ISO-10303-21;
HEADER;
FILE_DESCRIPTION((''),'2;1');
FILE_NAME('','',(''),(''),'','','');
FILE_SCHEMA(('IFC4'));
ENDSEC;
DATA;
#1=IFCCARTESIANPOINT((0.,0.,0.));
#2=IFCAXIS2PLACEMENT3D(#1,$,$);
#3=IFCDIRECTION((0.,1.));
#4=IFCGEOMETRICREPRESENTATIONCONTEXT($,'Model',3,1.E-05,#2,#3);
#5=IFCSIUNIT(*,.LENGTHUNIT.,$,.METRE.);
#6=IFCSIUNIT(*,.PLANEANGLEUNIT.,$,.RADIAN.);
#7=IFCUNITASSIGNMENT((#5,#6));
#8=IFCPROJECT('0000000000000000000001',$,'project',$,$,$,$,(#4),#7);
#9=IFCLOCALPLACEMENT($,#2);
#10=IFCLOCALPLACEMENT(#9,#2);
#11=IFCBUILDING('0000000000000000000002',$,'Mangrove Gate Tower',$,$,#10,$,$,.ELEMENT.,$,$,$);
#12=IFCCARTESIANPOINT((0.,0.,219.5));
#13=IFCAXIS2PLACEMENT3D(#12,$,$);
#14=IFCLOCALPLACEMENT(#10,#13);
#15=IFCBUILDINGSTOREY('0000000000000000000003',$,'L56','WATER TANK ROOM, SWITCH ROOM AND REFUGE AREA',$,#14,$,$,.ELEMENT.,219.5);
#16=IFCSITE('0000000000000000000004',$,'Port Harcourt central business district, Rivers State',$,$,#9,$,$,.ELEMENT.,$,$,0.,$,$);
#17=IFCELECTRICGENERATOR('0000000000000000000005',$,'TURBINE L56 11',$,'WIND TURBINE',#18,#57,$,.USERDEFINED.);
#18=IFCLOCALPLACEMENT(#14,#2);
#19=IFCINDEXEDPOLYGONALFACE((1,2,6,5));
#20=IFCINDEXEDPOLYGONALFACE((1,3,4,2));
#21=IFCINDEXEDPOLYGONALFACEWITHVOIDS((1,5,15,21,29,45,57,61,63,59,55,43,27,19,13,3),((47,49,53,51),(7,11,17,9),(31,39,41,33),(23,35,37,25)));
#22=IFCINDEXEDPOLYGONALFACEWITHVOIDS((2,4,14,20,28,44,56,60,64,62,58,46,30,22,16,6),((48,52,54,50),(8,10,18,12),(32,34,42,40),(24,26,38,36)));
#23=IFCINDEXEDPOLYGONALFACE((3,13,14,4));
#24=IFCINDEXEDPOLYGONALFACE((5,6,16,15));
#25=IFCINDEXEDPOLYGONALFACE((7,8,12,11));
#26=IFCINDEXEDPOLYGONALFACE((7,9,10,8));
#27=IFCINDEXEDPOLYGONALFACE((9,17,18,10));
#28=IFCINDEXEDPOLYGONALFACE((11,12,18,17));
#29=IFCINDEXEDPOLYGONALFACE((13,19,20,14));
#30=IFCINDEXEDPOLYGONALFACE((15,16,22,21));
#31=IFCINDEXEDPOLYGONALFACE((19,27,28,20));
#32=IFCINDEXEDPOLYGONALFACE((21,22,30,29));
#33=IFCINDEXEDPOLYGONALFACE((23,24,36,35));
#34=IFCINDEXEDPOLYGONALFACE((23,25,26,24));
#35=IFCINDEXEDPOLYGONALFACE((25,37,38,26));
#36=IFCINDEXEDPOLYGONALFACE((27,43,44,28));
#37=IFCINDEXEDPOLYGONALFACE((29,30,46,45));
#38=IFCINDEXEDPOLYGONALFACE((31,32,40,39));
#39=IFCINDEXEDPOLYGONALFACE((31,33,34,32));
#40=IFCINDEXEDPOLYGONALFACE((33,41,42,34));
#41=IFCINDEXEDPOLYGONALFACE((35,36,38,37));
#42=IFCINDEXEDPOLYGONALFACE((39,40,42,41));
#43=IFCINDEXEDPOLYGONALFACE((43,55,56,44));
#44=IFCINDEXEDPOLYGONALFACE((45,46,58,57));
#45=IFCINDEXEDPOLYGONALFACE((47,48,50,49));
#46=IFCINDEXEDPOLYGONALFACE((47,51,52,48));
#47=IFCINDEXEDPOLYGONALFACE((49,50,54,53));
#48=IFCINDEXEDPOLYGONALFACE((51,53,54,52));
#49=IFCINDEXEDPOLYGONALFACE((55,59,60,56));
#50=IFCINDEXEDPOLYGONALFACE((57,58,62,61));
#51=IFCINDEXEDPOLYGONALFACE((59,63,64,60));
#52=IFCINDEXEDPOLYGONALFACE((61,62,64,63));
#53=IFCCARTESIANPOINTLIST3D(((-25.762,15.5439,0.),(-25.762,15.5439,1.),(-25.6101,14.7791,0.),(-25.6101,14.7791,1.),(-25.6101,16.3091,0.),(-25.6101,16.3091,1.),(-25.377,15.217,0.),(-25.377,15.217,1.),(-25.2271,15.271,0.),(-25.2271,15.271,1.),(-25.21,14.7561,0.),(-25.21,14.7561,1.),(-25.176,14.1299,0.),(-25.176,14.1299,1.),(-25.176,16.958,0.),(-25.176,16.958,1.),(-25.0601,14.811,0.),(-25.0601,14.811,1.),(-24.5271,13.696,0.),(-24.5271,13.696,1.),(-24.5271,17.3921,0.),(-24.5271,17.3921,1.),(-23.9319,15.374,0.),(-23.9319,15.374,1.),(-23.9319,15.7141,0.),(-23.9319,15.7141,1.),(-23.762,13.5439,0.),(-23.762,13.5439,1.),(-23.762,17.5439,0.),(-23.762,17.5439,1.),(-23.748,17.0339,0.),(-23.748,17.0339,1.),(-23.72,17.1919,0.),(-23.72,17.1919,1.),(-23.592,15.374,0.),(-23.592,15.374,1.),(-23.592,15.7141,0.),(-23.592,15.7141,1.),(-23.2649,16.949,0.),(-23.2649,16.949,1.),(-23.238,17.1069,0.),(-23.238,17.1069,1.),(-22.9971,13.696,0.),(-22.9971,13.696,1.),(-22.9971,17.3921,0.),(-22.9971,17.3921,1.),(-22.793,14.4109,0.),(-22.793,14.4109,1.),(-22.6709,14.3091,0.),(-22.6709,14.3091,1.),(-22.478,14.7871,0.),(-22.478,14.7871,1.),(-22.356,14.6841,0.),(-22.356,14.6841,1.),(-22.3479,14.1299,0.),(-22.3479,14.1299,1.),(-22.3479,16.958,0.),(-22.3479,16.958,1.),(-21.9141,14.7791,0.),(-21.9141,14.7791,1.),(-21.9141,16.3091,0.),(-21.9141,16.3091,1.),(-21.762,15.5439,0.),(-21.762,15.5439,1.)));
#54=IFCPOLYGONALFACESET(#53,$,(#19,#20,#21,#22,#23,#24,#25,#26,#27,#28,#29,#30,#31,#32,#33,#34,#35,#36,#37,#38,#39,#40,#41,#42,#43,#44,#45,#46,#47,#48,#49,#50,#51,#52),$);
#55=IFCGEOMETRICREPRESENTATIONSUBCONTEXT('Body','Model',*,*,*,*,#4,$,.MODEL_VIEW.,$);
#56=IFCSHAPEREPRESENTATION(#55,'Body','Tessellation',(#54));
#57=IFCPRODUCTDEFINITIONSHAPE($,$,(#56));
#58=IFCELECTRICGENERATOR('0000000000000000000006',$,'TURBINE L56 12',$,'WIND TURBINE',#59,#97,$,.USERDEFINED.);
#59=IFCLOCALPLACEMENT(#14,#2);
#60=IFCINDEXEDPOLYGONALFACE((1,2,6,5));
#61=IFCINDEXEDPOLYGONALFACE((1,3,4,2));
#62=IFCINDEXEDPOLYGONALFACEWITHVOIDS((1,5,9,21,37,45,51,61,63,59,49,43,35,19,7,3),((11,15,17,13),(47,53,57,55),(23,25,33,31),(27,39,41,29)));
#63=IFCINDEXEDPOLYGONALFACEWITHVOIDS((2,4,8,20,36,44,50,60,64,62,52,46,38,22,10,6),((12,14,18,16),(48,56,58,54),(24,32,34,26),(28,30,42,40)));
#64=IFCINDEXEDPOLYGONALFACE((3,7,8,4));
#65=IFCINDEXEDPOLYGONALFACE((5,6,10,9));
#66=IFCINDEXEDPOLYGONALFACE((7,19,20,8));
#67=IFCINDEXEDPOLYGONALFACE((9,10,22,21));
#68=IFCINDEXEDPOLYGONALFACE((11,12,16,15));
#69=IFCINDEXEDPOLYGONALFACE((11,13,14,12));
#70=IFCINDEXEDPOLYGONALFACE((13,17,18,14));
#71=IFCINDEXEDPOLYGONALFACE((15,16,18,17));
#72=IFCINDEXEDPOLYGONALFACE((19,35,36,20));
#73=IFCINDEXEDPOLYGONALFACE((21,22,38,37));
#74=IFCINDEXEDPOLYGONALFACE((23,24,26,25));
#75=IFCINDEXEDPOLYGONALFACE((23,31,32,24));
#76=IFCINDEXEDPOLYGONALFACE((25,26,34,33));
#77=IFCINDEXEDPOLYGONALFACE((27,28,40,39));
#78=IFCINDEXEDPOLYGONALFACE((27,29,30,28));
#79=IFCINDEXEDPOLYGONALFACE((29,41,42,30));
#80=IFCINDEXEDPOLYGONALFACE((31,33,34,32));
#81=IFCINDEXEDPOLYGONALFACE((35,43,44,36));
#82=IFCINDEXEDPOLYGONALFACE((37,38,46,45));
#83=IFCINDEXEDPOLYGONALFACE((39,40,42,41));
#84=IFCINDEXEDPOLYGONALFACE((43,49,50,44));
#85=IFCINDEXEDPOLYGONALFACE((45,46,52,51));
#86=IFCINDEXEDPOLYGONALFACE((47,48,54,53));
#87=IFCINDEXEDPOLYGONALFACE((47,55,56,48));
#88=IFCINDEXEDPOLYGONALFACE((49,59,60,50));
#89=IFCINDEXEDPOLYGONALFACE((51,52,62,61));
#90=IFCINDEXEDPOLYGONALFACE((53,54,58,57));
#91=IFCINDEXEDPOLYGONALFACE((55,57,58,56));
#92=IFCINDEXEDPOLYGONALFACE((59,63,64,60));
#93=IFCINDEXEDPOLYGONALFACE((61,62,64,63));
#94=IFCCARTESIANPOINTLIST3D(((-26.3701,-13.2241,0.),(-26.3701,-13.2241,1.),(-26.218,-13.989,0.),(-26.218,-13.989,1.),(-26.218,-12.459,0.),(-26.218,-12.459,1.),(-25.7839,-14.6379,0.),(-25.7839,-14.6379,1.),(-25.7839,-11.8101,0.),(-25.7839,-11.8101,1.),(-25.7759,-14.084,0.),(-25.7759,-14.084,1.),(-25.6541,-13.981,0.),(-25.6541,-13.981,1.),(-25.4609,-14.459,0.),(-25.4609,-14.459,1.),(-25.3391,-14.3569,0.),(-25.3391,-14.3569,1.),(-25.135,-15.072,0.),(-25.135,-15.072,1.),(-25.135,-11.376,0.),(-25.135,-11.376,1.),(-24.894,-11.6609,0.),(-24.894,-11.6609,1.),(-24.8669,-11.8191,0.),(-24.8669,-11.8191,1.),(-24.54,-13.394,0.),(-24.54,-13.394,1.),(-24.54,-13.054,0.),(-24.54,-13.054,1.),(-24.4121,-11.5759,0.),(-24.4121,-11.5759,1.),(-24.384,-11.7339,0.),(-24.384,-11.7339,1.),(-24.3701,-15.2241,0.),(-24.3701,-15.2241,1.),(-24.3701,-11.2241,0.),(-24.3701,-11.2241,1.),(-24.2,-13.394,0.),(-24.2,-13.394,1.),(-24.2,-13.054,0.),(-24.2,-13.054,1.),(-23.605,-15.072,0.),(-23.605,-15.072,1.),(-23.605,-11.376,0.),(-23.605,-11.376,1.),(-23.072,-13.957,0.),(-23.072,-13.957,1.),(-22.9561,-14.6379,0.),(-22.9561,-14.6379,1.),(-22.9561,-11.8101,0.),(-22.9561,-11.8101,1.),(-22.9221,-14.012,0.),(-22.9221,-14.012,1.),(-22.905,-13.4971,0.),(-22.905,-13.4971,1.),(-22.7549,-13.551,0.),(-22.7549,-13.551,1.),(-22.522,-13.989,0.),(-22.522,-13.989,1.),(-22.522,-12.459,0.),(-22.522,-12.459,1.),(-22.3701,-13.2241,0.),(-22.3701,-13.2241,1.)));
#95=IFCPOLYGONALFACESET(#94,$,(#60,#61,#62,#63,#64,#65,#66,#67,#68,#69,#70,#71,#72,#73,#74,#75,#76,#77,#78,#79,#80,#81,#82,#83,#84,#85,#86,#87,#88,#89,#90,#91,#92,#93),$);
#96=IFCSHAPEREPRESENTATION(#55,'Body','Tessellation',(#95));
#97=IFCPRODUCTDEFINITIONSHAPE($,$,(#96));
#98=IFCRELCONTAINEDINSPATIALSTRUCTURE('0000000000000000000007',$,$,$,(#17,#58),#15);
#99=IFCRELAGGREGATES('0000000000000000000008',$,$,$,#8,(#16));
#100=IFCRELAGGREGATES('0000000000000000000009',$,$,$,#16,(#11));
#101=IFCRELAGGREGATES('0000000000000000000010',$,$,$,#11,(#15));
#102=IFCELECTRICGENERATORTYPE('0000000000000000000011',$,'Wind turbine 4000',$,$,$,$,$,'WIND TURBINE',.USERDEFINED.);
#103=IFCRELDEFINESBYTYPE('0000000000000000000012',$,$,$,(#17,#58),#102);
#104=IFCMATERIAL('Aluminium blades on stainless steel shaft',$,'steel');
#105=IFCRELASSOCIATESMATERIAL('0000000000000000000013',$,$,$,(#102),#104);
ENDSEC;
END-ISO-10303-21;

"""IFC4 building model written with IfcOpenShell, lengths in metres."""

from ifc_helpers import new_model, si_unit, direction, frame, origin, place, context, subcontext, project, spatial, polyline, outline, extrude, material, type_object, element, save


model = new_model("IFC4")

# Units and contexts
model_context = context("Model", 3, precision=1e-05, world=origin(), true_north=direction((0.0, 1.0)))
body_context = subcontext(model_context, "Body", "Model", "MODEL_VIEW")
ifc_project = project(units=[si_unit("LENGTHUNIT", "METRE"), si_unit("PLANEANGLEUNIT", "RADIAN")], contexts=[model_context])

# Site, building, storey
site_placement = place(None, origin())
site = spatial("IfcSite", under=ifc_project, at=site_placement, Name="Port Harcourt central business district, Rivers State", CompositionType="ELEMENT", RefElevation=0.0)
building_placement = place(site_placement, origin())
building = spatial("IfcBuilding", under=site, at=building_placement, Name="Mangrove Gate Tower", CompositionType="ELEMENT")
storey_placement = place(building_placement, frame((0.0, 0.0, 219.5)))
storey = spatial("IfcBuildingStorey", under=building, at=storey_placement, Name="L56", Description="WATER TANK ROOM, SWITCH ROOM AND REFUGE AREA", CompositionType="ELEMENT", Elevation=219.5)

# Electric generators
ifc_material_1 = material(Name="Aluminium blades on stainless steel shaft", Category="steel")
electric_generator_type = type_object("IfcElectricGeneratorType", Name="Wind turbine 4000", ElementType="WIND TURBINE", PredefinedType="USERDEFINED", material=ifc_material_1)
electric_generator_1_placement = place(storey_placement, origin())
element("IfcElectricGenerator", 1, at=electric_generator_1_placement, inside=storey, type_object=electric_generator_type, Name="TURBINE L56 11", ObjectType="WIND TURBINE", PredefinedType="USERDEFINED", context=body_context, shape_type="SweptSolid", body=[
    extrude(outline(polyline([(-21.762, 15.5439), (-21.9141, 16.3091), (-22.3479, 16.958), (-22.9971, 17.3921), (-23.762, 17.5439), (-24.5271, 17.3921), (-25.176, 16.958), (-25.6101, 16.3091), (-25.762, 15.5439), (-25.6101, 14.7791), (-25.176, 14.1299), (-24.5271, 13.696), (-23.762, 13.5439), (-22.9971, 13.696), (-22.3479, 14.1299), (-21.9141, 14.7791), (-21.762, 15.5439)]), holes=[polyline([(-23.9319, 15.374), (-23.592, 15.374), (-23.592, 15.7141), (-23.9319, 15.7141), (-23.9319, 15.374)]), polyline([(-23.2649, 16.949), (-23.748, 17.0339), (-23.72, 17.1919), (-23.238, 17.1069), (-23.2649, 16.949)]), polyline([(-25.2271, 15.271), (-25.0601, 14.811), (-25.21, 14.7561), (-25.377, 15.217), (-25.2271, 15.271)]), polyline([(-22.793, 14.4109), (-22.478, 14.7871), (-22.356, 14.6841), (-22.6709, 14.3091), (-22.793, 14.4109)])]), origin(), (0.0, 0.0, 1.0), 1.0),
])
electric_generator_2_placement = place(storey_placement, origin())
element("IfcElectricGenerator", 2, at=electric_generator_2_placement, inside=storey, type_object=electric_generator_type, Name="TURBINE L56 12", ObjectType="WIND TURBINE", PredefinedType="USERDEFINED", context=body_context, shape_type="SweptSolid", body=[
    extrude(outline(polyline([(-22.3701, -13.2241), (-22.522, -12.459), (-22.9561, -11.8101), (-23.605, -11.376), (-24.3701, -11.2241), (-25.135, -11.376), (-25.7839, -11.8101), (-26.218, -12.459), (-26.3701, -13.2241), (-26.218, -13.989), (-25.7839, -14.6379), (-25.135, -15.072), (-24.3701, -15.2241), (-23.605, -15.072), (-22.9561, -14.6379), (-22.522, -13.989), (-22.3701, -13.2241)]), holes=[polyline([(-24.54, -13.394), (-24.2, -13.394), (-24.2, -13.054), (-24.54, -13.054), (-24.54, -13.394)]), polyline([(-24.384, -11.7339), (-24.8669, -11.8191), (-24.894, -11.6609), (-24.4121, -11.5759), (-24.384, -11.7339)]), polyline([(-25.6541, -13.981), (-25.3391, -14.3569), (-25.4609, -14.459), (-25.7759, -14.084), (-25.6541, -13.981)]), polyline([(-23.072, -13.957), (-22.905, -13.4971), (-22.7549, -13.551), (-22.9221, -14.012), (-23.072, -13.957)])]), origin(), (0.0, 0.0, 1.0), 1.0),
])

save(model, "model.ifc")
